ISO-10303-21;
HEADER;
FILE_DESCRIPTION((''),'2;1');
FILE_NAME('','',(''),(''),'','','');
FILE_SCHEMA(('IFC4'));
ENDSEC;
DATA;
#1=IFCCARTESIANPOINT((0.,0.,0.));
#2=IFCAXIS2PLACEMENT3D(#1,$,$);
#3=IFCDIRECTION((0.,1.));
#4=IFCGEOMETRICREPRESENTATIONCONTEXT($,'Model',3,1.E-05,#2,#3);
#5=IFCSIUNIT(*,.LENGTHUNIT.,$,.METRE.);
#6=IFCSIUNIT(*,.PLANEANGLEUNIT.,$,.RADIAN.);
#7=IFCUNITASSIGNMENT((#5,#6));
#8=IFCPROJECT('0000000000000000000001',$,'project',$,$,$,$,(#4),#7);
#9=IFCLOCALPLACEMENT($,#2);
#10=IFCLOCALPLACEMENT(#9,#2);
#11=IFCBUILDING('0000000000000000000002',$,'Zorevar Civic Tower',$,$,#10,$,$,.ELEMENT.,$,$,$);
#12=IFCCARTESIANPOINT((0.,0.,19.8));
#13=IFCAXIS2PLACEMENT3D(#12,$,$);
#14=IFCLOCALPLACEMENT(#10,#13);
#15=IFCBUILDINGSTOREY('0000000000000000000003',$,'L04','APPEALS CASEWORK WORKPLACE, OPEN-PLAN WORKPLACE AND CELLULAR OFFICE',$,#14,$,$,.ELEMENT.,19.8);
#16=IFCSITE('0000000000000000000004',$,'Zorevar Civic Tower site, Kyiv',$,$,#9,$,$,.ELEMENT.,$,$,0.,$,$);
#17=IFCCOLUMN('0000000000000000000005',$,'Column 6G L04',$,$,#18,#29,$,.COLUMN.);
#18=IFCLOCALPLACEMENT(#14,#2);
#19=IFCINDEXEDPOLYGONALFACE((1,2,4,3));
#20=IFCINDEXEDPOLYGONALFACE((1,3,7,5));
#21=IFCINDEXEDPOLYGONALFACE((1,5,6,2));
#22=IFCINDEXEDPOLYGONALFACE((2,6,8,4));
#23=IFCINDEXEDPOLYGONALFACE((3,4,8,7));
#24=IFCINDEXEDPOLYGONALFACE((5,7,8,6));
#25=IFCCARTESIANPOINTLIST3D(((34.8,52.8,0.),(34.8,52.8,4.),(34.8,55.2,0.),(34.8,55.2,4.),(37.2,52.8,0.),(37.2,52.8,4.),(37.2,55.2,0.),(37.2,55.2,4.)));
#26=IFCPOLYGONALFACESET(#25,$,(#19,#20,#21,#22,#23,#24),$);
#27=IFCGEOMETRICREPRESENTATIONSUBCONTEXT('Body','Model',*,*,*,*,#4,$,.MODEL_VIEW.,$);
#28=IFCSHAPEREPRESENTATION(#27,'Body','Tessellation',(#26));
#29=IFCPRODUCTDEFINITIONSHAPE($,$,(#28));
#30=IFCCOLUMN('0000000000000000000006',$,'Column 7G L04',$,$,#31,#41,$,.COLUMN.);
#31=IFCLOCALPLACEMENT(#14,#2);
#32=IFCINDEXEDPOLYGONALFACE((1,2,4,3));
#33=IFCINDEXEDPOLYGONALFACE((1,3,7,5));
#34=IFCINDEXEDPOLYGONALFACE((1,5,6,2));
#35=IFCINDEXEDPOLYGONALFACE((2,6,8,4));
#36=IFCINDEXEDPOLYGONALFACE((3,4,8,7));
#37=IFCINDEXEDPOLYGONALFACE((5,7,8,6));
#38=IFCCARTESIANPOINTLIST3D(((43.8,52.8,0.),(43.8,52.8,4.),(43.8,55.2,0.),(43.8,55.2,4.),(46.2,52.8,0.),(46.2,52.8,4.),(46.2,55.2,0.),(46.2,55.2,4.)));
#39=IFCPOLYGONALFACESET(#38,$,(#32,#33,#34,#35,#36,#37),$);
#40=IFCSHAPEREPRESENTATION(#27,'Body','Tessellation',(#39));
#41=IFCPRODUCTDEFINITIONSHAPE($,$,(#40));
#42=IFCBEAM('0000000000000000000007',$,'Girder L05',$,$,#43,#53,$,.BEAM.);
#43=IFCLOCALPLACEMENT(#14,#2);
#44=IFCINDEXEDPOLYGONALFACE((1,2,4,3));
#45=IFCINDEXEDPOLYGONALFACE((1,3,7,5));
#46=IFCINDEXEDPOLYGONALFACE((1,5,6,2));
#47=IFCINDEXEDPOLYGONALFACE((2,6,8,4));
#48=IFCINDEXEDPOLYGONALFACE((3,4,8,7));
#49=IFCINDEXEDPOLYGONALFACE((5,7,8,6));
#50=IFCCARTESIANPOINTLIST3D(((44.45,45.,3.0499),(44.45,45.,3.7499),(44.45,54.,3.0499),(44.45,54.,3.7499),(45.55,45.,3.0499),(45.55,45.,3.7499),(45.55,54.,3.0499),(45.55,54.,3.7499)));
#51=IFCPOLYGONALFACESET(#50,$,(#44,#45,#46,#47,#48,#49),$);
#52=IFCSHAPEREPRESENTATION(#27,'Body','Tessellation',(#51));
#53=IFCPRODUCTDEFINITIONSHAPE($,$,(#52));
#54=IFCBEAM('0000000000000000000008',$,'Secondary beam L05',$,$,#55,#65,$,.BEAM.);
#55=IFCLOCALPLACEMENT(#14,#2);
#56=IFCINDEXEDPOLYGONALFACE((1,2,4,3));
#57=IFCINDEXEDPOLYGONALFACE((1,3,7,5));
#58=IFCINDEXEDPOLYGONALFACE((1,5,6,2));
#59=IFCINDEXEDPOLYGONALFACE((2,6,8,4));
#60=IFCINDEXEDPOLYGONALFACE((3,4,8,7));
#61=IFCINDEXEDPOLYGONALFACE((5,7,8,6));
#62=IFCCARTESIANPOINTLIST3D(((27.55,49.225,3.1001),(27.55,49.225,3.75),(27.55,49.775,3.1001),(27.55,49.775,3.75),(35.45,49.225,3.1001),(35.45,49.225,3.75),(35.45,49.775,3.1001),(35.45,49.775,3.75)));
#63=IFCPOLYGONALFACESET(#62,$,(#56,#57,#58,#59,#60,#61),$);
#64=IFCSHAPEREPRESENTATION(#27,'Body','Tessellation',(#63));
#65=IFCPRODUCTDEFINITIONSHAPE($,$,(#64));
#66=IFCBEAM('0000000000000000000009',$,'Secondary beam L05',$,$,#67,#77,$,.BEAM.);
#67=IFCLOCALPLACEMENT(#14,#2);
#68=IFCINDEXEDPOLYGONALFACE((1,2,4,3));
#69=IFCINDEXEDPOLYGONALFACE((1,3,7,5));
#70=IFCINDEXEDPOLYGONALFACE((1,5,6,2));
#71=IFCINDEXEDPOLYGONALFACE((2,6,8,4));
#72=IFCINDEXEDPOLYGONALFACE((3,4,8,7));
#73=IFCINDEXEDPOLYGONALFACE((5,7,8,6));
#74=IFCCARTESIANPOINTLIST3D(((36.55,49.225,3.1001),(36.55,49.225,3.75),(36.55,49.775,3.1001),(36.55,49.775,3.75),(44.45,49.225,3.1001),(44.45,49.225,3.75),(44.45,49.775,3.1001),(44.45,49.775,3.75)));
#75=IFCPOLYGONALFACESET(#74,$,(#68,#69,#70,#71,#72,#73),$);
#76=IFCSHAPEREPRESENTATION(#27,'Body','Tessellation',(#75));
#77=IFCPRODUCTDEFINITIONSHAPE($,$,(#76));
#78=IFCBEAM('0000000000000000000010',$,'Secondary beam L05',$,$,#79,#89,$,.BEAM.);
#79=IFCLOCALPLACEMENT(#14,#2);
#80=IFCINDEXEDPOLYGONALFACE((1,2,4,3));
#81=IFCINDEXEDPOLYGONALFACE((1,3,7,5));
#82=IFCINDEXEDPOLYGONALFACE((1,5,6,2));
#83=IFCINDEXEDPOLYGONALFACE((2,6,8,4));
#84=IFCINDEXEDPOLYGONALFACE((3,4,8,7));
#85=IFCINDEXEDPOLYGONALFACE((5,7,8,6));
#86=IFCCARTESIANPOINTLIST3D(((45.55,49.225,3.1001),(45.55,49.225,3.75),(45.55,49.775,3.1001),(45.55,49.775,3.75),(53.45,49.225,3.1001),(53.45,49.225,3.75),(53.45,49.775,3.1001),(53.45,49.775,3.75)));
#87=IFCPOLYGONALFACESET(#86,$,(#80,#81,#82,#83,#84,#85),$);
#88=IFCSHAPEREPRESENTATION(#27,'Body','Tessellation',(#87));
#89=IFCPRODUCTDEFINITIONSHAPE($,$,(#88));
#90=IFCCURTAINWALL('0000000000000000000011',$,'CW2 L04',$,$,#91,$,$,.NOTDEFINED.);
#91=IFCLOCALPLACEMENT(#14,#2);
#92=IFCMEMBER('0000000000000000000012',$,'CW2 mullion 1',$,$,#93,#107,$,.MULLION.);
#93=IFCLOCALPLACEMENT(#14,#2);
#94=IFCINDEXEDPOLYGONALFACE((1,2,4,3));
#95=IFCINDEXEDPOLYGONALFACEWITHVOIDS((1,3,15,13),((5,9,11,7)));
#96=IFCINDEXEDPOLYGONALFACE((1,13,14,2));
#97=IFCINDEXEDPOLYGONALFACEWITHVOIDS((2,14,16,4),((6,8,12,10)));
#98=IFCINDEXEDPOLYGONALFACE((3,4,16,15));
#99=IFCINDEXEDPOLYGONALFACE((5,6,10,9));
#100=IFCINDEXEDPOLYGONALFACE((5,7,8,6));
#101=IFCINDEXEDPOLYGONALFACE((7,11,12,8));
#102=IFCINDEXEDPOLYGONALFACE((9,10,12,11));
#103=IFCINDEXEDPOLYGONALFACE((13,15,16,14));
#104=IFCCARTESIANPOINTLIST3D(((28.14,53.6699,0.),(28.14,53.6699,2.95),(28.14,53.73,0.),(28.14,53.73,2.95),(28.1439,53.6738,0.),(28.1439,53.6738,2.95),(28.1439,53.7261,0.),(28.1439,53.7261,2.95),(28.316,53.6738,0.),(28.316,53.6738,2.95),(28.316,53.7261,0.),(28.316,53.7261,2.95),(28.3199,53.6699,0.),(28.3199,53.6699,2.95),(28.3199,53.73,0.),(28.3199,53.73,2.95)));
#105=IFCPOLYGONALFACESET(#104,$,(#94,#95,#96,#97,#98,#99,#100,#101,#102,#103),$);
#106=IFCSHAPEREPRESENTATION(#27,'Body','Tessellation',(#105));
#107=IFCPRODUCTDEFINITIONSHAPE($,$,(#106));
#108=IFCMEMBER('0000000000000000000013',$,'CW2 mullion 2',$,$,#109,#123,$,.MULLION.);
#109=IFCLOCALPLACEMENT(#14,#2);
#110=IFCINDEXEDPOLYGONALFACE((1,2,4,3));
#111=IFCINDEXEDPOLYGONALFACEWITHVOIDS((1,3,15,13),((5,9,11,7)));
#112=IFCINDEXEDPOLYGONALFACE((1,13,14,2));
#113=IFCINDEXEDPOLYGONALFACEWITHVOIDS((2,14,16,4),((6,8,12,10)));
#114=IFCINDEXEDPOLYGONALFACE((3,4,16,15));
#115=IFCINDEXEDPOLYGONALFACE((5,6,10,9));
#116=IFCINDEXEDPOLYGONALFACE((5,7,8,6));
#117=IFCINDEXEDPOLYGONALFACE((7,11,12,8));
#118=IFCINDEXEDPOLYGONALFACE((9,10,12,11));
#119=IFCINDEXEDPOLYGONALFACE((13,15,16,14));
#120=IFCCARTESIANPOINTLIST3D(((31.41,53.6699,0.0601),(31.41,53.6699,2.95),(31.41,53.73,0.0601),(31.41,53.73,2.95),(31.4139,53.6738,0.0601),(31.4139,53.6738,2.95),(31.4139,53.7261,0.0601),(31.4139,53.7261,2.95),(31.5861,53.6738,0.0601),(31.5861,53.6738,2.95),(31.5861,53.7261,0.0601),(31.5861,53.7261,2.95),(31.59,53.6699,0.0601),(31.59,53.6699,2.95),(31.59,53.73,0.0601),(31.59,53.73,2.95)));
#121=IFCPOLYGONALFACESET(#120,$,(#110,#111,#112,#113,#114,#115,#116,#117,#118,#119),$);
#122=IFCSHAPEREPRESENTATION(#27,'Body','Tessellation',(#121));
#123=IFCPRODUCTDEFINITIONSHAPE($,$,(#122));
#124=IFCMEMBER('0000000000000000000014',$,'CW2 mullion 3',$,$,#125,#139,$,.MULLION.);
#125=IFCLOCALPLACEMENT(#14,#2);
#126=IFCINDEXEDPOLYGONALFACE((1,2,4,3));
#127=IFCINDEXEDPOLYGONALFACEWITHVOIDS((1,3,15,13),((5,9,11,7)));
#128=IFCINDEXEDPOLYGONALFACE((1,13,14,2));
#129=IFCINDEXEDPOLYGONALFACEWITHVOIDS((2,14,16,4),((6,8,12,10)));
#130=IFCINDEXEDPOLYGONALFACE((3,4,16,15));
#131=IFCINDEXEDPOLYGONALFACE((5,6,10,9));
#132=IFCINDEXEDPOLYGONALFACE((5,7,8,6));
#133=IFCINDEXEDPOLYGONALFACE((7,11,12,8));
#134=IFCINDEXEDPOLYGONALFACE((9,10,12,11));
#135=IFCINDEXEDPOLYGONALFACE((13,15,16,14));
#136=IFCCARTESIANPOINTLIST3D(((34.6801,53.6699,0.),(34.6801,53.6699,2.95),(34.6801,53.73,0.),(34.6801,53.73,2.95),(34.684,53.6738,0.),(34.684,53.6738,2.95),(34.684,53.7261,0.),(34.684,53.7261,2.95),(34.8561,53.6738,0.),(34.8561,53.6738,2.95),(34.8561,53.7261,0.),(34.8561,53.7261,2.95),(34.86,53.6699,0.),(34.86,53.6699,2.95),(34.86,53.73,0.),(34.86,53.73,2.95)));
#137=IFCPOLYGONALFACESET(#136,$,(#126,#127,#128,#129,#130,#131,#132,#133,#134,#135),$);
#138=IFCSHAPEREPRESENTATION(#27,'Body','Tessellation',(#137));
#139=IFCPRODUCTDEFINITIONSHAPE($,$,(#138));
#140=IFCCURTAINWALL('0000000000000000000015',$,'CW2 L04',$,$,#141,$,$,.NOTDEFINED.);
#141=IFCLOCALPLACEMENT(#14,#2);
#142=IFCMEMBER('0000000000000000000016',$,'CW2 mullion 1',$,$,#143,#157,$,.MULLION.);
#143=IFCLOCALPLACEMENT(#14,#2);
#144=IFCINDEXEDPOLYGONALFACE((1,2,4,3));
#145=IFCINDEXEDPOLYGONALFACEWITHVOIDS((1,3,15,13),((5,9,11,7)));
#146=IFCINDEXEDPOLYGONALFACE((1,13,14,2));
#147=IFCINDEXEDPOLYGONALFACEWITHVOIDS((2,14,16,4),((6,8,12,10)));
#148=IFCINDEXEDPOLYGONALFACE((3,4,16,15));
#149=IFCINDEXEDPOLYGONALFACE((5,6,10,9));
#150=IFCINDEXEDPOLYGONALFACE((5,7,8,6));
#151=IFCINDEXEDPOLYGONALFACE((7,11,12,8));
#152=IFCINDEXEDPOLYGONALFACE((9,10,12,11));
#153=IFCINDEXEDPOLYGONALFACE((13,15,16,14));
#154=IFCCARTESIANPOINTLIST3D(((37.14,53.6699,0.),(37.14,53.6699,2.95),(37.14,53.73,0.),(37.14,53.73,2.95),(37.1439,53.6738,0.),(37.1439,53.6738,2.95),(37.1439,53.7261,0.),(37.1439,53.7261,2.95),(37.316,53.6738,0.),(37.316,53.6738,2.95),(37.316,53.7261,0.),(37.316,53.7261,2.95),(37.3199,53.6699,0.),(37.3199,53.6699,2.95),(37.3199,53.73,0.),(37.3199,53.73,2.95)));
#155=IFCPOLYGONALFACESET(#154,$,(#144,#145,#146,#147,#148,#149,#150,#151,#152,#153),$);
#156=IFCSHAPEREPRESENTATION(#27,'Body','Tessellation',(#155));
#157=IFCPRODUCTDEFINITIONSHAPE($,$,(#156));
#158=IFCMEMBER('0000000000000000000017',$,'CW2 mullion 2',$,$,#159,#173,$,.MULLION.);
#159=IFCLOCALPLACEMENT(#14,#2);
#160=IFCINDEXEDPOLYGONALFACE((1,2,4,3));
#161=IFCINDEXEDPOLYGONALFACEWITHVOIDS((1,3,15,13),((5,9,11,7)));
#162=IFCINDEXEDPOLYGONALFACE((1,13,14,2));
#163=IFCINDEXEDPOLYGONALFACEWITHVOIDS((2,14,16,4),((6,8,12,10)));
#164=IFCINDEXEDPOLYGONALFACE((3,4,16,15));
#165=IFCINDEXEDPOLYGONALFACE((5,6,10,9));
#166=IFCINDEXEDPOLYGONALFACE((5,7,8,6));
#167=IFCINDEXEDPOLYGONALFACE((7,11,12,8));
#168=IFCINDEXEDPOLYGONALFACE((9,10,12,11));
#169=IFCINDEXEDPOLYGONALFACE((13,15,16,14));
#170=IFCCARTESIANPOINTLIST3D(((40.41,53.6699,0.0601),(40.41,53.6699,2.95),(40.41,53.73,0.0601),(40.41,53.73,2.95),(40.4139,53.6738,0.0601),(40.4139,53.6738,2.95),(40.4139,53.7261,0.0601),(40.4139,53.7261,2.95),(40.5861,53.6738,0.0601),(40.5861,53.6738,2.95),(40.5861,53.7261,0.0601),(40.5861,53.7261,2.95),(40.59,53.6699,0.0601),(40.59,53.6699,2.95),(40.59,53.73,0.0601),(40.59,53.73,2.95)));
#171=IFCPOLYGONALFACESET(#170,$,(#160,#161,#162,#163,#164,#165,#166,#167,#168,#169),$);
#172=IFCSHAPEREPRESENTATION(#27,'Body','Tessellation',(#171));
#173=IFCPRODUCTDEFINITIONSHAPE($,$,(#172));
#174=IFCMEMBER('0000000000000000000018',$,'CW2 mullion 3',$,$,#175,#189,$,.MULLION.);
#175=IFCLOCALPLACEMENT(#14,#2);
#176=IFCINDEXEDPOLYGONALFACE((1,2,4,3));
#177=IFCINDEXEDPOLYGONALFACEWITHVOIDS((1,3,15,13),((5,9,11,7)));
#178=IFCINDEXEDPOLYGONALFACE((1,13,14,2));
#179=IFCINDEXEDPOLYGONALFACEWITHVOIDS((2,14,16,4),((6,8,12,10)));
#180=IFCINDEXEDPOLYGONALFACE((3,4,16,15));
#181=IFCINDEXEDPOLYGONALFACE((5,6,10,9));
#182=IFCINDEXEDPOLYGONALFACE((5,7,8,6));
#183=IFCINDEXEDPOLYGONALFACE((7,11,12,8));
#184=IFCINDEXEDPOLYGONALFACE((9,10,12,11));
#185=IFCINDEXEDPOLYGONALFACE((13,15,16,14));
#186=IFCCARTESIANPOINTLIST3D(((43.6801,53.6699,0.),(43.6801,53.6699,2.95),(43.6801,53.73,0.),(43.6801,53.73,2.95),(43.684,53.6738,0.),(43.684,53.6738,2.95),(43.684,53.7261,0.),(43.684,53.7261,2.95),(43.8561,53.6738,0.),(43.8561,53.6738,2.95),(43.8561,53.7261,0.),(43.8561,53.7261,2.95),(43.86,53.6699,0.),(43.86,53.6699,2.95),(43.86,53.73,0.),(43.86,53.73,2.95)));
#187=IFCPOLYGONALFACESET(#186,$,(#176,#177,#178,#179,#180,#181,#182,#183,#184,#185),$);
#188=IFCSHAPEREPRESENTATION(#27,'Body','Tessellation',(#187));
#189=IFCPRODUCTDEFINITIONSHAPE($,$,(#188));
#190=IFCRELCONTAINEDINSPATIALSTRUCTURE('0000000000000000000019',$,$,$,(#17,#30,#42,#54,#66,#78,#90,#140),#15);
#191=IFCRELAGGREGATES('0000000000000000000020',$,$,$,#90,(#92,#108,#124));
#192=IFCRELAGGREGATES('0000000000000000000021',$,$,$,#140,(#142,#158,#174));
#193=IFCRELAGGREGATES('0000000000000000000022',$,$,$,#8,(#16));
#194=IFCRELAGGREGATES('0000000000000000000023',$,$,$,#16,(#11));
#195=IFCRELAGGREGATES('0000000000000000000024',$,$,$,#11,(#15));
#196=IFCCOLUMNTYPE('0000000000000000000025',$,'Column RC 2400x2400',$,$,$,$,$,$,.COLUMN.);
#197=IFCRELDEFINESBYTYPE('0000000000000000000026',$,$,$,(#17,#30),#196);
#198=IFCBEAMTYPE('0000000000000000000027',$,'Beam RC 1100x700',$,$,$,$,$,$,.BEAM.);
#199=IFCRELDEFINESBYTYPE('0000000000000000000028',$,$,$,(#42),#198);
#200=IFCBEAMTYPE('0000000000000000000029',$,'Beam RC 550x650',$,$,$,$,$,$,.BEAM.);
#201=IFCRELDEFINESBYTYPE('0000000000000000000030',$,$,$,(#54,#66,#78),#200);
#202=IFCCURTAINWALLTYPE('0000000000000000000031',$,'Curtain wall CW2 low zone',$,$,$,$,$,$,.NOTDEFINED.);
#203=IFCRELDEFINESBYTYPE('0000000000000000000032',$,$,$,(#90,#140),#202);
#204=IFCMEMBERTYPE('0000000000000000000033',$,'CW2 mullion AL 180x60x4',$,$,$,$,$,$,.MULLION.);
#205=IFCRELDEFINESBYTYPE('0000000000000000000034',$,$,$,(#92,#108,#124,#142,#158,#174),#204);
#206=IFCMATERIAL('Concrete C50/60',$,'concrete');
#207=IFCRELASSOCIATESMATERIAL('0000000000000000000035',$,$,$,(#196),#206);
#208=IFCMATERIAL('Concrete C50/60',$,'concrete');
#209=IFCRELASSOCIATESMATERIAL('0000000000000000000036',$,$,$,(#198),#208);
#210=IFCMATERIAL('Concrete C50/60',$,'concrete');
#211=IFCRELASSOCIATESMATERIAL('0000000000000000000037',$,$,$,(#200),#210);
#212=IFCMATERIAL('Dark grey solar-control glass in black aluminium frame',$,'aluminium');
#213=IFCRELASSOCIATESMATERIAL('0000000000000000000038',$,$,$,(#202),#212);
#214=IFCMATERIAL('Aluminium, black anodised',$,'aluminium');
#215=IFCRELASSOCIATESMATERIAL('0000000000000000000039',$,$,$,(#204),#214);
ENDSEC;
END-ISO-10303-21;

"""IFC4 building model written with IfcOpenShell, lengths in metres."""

from ifc_helpers import new_model, si_unit, direction, frame, origin, origin_2d, place, context, subcontext, project, spatial, rectangle, hollow_rectangle, extrude, material, material_profile, profile_set, type_object, element, aggregate, save


model = new_model("IFC4")

# Units and contexts
model_context = context("Model", 3, precision=1e-05, world=origin(), true_north=direction((0.0, 1.0)))
body_context = subcontext(model_context, "Body", "Model", "MODEL_VIEW")
ifc_project = project(units=[si_unit("LENGTHUNIT", "METRE"), si_unit("PLANEANGLEUNIT", "RADIAN")], contexts=[model_context])

# Site, building, storey
site_placement = place(None, origin())
site = spatial("IfcSite", under=ifc_project, at=site_placement, Name="Zorevar Civic Tower site, Kyiv", CompositionType="ELEMENT", RefElevation=0.0)
building_placement = place(site_placement, origin())
building = spatial("IfcBuilding", under=site, at=building_placement, Name="Zorevar Civic Tower", CompositionType="ELEMENT")
storey_placement = place(building_placement, frame((0.0, 0.0, 19.8)))
storey = spatial("IfcBuildingStorey", under=building, at=storey_placement, Name="L04", Description="APPEALS CASEWORK WORKPLACE, OPEN-PLAN WORKPLACE AND CELLULAR OFFICE", CompositionType="ELEMENT", Elevation=19.8)

# Columns
ifc_material_1 = material(Name="Concrete C50/60", Category="concrete")
ifc_material_profile_1 = material_profile(ifc_material_1, rectangle(XDim=2.3999, YDim=2.3999, at=origin_2d()), Name="RC 2400x2400")
ifc_profile_set_1 = profile_set([ifc_material_profile_1], Name="Concrete C50/60")
column_type = type_object("IfcColumnType", Name="Column RC 2400x2400", PredefinedType="COLUMN", material=ifc_profile_set_1)
for number, where, z_axis, x_axis, name in (
    (1, (36.0, 54.0, 0.0), (0.0, 0.0, 1.0), (1.0, 0.0, 0.0), "Column 6G L04"),
    (2, (45.0, 54.0, 0.0), (0.0, 0.0, 1.0), (1.0, 0.0, 0.0), "Column 7G L04"),
):
    element("IfcColumn", number, at=place(storey_placement, frame(where, z_axis=z_axis, x_axis=x_axis)), inside=storey, type_object=column_type, Name=name, PredefinedType="COLUMN", context=body_context, shape_type="SweptSolid", body=[
        extrude(rectangle(XDim=2.3999, YDim=2.3999, at=origin_2d()), origin(), (0.0, 0.0, 1.0), 4.0),
    ])

# Beams
ifc_material_2 = material(Name="Concrete C50/60", Category="concrete")
ifc_material_profile_2 = material_profile(ifc_material_2, rectangle(XDim=1.1001, YDim=0.7, at=origin_2d()), Name="RC 1100x700")
ifc_profile_set_2 = profile_set([ifc_material_profile_2], Name="Concrete C50/60")
beam_type_1 = type_object("IfcBeamType", Name="Beam RC 1100x700", PredefinedType="BEAM", material=ifc_profile_set_2)
beam_placement = place(storey_placement, frame((45.0, 45.0, 3.3999), z_axis=(0.0, 1.0, 0.0), x_axis=(-1.0, 0.0, 0.0)))
element("IfcBeam", 3, at=beam_placement, inside=storey, type_object=beam_type_1, Name="Girder L05", PredefinedType="BEAM", context=body_context, shape_type="SweptSolid", body=[
    extrude(rectangle(XDim=1.1001, YDim=0.7, at=origin_2d()), origin(), (0.0, 0.0, 1.0), 9.0),
])
ifc_material_3 = material(Name="Concrete C50/60", Category="concrete")
ifc_material_profile_3 = material_profile(ifc_material_3, rectangle(XDim=0.55, YDim=0.6499, at=origin_2d()), Name="RC 550x650")
ifc_profile_set_3 = profile_set([ifc_material_profile_3], Name="Concrete C50/60")
beam_type_2 = type_object("IfcBeamType", Name="Beam RC 550x650", PredefinedType="BEAM", material=ifc_profile_set_3)
for number, where, z_axis, x_axis, name in (
    (4, (27.55, 49.5, 3.425), (1.0, 0.0, 0.0), (0.0, 1.0, 0.0), "Secondary beam L05"),
    (5, (36.55, 49.5, 3.425), (1.0, 0.0, 0.0), (0.0, 1.0, 0.0), "Secondary beam L05"),
    (6, (45.55, 49.5, 3.425), (1.0, 0.0, 0.0), (0.0, 1.0, 0.0), "Secondary beam L05"),
):
    element("IfcBeam", number, at=place(storey_placement, frame(where, z_axis=z_axis, x_axis=x_axis)), inside=storey, type_object=beam_type_2, Name=name, PredefinedType="BEAM", context=body_context, shape_type="SweptSolid", body=[
        extrude(rectangle(XDim=0.55, YDim=0.6499, at=origin_2d()), origin(), (0.0, 0.0, 1.0), 7.8999),
    ])

# Curtain walls, members
ifc_material_4 = material(Name="Dark grey solar-control glass in black aluminium frame", Category="aluminium")
curtain_wall_type = type_object("IfcCurtainWallType", Name="Curtain wall CW2 low zone", PredefinedType="NOTDEFINED", material=ifc_material_4)
curtain_wall_1_placement = place(storey_placement, origin())
curtain_wall_1 = element("IfcCurtainWall", 7, at=curtain_wall_1_placement, inside=storey, type_object=curtain_wall_type, Name="CW2 L04", PredefinedType="NOTDEFINED")
ifc_material_5 = material(Name="Aluminium, black anodised", Category="aluminium")
ifc_material_profile_4 = material_profile(ifc_material_5, hollow_rectangle(XDim=0.0601, YDim=0.1799, WallThickness=0.0039, at=origin_2d()), Name="AL 180x60x4")
ifc_profile_set_4 = profile_set([ifc_material_profile_4], Name="Aluminium, black anodised")
member_type_1 = type_object("IfcMemberType", Name="CW2 mullion AL 180x60x4", PredefinedType="MULLION", material=ifc_profile_set_4)
member_1_placement = place(storey_placement, frame((28.23, 53.7, 0.0), z_axis=(0.0, 0.0, 1.0), x_axis=(0.0, 1.0, 0.0)))
member_1 = element("IfcMember", 8, at=member_1_placement, type_object=member_type_1, Name="CW2 mullion 1", PredefinedType="MULLION", context=body_context, shape_type="SweptSolid", body=[
    extrude(hollow_rectangle(XDim=0.0601, YDim=0.1799, WallThickness=0.0039, at=origin_2d()), origin(), (0.0, 0.0, 1.0), 2.95),
])
member_2_placement = place(storey_placement, frame((31.5, 53.7, 0.0601), z_axis=(0.0, 0.0, 1.0), x_axis=(0.0, 1.0, 0.0)))
member_2 = element("IfcMember", 9, at=member_2_placement, type_object=member_type_1, Name="CW2 mullion 2", PredefinedType="MULLION", context=body_context, shape_type="SweptSolid", body=[
    extrude(hollow_rectangle(XDim=0.0601, YDim=0.1799, WallThickness=0.0039, at=origin_2d()), origin(), (0.0, 0.0, 1.0), 2.8899),
])
member_3_placement = place(storey_placement, frame((34.77, 53.7, 0.0), z_axis=(0.0, 0.0, 1.0), x_axis=(0.0, 1.0, 0.0)))
member_3 = element("IfcMember", 10, at=member_3_placement, type_object=member_type_1, Name="CW2 mullion 3", PredefinedType="MULLION", context=body_context, shape_type="SweptSolid", body=[
    extrude(hollow_rectangle(XDim=0.0601, YDim=0.1799, WallThickness=0.0039, at=origin_2d()), origin(), (0.0, 0.0, 1.0), 2.95),
])
curtain_wall_2_placement = place(storey_placement, origin())
curtain_wall_2 = element("IfcCurtainWall", 11, at=curtain_wall_2_placement, inside=storey, type_object=curtain_wall_type, Name="CW2 L04", PredefinedType="NOTDEFINED")
member_4_placement = place(storey_placement, frame((37.23, 53.7, 0.0), z_axis=(0.0, 0.0, 1.0), x_axis=(0.0, 1.0, 0.0)))
member_4 = element("IfcMember", 12, at=member_4_placement, type_object=member_type_1, Name="CW2 mullion 1", PredefinedType="MULLION", context=body_context, shape_type="SweptSolid", body=[
    extrude(hollow_rectangle(XDim=0.0601, YDim=0.1799, WallThickness=0.0039, at=origin_2d()), origin(), (0.0, 0.0, 1.0), 2.95),
])
member_5_placement = place(storey_placement, frame((40.5, 53.7, 0.0601), z_axis=(0.0, 0.0, 1.0), x_axis=(0.0, 1.0, 0.0)))
member_5 = element("IfcMember", 13, at=member_5_placement, type_object=member_type_1, Name="CW2 mullion 2", PredefinedType="MULLION", context=body_context, shape_type="SweptSolid", body=[
    extrude(hollow_rectangle(XDim=0.0601, YDim=0.1799, WallThickness=0.0039, at=origin_2d()), origin(), (0.0, 0.0, 1.0), 2.8899),
])
member_6_placement = place(storey_placement, frame((43.77, 53.7, 0.0), z_axis=(0.0, 0.0, 1.0), x_axis=(0.0, 1.0, 0.0)))
member_6 = element("IfcMember", 14, at=member_6_placement, type_object=member_type_1, Name="CW2 mullion 3", PredefinedType="MULLION", context=body_context, shape_type="SweptSolid", body=[
    extrude(hollow_rectangle(XDim=0.0601, YDim=0.1799, WallThickness=0.0039, at=origin_2d()), origin(), (0.0, 0.0, 1.0), 2.95),
])

aggregate(curtain_wall_1, [member_1, member_2, member_3])
aggregate(curtain_wall_2, [member_4, member_5, member_6])

save(model, "model.ifc")
